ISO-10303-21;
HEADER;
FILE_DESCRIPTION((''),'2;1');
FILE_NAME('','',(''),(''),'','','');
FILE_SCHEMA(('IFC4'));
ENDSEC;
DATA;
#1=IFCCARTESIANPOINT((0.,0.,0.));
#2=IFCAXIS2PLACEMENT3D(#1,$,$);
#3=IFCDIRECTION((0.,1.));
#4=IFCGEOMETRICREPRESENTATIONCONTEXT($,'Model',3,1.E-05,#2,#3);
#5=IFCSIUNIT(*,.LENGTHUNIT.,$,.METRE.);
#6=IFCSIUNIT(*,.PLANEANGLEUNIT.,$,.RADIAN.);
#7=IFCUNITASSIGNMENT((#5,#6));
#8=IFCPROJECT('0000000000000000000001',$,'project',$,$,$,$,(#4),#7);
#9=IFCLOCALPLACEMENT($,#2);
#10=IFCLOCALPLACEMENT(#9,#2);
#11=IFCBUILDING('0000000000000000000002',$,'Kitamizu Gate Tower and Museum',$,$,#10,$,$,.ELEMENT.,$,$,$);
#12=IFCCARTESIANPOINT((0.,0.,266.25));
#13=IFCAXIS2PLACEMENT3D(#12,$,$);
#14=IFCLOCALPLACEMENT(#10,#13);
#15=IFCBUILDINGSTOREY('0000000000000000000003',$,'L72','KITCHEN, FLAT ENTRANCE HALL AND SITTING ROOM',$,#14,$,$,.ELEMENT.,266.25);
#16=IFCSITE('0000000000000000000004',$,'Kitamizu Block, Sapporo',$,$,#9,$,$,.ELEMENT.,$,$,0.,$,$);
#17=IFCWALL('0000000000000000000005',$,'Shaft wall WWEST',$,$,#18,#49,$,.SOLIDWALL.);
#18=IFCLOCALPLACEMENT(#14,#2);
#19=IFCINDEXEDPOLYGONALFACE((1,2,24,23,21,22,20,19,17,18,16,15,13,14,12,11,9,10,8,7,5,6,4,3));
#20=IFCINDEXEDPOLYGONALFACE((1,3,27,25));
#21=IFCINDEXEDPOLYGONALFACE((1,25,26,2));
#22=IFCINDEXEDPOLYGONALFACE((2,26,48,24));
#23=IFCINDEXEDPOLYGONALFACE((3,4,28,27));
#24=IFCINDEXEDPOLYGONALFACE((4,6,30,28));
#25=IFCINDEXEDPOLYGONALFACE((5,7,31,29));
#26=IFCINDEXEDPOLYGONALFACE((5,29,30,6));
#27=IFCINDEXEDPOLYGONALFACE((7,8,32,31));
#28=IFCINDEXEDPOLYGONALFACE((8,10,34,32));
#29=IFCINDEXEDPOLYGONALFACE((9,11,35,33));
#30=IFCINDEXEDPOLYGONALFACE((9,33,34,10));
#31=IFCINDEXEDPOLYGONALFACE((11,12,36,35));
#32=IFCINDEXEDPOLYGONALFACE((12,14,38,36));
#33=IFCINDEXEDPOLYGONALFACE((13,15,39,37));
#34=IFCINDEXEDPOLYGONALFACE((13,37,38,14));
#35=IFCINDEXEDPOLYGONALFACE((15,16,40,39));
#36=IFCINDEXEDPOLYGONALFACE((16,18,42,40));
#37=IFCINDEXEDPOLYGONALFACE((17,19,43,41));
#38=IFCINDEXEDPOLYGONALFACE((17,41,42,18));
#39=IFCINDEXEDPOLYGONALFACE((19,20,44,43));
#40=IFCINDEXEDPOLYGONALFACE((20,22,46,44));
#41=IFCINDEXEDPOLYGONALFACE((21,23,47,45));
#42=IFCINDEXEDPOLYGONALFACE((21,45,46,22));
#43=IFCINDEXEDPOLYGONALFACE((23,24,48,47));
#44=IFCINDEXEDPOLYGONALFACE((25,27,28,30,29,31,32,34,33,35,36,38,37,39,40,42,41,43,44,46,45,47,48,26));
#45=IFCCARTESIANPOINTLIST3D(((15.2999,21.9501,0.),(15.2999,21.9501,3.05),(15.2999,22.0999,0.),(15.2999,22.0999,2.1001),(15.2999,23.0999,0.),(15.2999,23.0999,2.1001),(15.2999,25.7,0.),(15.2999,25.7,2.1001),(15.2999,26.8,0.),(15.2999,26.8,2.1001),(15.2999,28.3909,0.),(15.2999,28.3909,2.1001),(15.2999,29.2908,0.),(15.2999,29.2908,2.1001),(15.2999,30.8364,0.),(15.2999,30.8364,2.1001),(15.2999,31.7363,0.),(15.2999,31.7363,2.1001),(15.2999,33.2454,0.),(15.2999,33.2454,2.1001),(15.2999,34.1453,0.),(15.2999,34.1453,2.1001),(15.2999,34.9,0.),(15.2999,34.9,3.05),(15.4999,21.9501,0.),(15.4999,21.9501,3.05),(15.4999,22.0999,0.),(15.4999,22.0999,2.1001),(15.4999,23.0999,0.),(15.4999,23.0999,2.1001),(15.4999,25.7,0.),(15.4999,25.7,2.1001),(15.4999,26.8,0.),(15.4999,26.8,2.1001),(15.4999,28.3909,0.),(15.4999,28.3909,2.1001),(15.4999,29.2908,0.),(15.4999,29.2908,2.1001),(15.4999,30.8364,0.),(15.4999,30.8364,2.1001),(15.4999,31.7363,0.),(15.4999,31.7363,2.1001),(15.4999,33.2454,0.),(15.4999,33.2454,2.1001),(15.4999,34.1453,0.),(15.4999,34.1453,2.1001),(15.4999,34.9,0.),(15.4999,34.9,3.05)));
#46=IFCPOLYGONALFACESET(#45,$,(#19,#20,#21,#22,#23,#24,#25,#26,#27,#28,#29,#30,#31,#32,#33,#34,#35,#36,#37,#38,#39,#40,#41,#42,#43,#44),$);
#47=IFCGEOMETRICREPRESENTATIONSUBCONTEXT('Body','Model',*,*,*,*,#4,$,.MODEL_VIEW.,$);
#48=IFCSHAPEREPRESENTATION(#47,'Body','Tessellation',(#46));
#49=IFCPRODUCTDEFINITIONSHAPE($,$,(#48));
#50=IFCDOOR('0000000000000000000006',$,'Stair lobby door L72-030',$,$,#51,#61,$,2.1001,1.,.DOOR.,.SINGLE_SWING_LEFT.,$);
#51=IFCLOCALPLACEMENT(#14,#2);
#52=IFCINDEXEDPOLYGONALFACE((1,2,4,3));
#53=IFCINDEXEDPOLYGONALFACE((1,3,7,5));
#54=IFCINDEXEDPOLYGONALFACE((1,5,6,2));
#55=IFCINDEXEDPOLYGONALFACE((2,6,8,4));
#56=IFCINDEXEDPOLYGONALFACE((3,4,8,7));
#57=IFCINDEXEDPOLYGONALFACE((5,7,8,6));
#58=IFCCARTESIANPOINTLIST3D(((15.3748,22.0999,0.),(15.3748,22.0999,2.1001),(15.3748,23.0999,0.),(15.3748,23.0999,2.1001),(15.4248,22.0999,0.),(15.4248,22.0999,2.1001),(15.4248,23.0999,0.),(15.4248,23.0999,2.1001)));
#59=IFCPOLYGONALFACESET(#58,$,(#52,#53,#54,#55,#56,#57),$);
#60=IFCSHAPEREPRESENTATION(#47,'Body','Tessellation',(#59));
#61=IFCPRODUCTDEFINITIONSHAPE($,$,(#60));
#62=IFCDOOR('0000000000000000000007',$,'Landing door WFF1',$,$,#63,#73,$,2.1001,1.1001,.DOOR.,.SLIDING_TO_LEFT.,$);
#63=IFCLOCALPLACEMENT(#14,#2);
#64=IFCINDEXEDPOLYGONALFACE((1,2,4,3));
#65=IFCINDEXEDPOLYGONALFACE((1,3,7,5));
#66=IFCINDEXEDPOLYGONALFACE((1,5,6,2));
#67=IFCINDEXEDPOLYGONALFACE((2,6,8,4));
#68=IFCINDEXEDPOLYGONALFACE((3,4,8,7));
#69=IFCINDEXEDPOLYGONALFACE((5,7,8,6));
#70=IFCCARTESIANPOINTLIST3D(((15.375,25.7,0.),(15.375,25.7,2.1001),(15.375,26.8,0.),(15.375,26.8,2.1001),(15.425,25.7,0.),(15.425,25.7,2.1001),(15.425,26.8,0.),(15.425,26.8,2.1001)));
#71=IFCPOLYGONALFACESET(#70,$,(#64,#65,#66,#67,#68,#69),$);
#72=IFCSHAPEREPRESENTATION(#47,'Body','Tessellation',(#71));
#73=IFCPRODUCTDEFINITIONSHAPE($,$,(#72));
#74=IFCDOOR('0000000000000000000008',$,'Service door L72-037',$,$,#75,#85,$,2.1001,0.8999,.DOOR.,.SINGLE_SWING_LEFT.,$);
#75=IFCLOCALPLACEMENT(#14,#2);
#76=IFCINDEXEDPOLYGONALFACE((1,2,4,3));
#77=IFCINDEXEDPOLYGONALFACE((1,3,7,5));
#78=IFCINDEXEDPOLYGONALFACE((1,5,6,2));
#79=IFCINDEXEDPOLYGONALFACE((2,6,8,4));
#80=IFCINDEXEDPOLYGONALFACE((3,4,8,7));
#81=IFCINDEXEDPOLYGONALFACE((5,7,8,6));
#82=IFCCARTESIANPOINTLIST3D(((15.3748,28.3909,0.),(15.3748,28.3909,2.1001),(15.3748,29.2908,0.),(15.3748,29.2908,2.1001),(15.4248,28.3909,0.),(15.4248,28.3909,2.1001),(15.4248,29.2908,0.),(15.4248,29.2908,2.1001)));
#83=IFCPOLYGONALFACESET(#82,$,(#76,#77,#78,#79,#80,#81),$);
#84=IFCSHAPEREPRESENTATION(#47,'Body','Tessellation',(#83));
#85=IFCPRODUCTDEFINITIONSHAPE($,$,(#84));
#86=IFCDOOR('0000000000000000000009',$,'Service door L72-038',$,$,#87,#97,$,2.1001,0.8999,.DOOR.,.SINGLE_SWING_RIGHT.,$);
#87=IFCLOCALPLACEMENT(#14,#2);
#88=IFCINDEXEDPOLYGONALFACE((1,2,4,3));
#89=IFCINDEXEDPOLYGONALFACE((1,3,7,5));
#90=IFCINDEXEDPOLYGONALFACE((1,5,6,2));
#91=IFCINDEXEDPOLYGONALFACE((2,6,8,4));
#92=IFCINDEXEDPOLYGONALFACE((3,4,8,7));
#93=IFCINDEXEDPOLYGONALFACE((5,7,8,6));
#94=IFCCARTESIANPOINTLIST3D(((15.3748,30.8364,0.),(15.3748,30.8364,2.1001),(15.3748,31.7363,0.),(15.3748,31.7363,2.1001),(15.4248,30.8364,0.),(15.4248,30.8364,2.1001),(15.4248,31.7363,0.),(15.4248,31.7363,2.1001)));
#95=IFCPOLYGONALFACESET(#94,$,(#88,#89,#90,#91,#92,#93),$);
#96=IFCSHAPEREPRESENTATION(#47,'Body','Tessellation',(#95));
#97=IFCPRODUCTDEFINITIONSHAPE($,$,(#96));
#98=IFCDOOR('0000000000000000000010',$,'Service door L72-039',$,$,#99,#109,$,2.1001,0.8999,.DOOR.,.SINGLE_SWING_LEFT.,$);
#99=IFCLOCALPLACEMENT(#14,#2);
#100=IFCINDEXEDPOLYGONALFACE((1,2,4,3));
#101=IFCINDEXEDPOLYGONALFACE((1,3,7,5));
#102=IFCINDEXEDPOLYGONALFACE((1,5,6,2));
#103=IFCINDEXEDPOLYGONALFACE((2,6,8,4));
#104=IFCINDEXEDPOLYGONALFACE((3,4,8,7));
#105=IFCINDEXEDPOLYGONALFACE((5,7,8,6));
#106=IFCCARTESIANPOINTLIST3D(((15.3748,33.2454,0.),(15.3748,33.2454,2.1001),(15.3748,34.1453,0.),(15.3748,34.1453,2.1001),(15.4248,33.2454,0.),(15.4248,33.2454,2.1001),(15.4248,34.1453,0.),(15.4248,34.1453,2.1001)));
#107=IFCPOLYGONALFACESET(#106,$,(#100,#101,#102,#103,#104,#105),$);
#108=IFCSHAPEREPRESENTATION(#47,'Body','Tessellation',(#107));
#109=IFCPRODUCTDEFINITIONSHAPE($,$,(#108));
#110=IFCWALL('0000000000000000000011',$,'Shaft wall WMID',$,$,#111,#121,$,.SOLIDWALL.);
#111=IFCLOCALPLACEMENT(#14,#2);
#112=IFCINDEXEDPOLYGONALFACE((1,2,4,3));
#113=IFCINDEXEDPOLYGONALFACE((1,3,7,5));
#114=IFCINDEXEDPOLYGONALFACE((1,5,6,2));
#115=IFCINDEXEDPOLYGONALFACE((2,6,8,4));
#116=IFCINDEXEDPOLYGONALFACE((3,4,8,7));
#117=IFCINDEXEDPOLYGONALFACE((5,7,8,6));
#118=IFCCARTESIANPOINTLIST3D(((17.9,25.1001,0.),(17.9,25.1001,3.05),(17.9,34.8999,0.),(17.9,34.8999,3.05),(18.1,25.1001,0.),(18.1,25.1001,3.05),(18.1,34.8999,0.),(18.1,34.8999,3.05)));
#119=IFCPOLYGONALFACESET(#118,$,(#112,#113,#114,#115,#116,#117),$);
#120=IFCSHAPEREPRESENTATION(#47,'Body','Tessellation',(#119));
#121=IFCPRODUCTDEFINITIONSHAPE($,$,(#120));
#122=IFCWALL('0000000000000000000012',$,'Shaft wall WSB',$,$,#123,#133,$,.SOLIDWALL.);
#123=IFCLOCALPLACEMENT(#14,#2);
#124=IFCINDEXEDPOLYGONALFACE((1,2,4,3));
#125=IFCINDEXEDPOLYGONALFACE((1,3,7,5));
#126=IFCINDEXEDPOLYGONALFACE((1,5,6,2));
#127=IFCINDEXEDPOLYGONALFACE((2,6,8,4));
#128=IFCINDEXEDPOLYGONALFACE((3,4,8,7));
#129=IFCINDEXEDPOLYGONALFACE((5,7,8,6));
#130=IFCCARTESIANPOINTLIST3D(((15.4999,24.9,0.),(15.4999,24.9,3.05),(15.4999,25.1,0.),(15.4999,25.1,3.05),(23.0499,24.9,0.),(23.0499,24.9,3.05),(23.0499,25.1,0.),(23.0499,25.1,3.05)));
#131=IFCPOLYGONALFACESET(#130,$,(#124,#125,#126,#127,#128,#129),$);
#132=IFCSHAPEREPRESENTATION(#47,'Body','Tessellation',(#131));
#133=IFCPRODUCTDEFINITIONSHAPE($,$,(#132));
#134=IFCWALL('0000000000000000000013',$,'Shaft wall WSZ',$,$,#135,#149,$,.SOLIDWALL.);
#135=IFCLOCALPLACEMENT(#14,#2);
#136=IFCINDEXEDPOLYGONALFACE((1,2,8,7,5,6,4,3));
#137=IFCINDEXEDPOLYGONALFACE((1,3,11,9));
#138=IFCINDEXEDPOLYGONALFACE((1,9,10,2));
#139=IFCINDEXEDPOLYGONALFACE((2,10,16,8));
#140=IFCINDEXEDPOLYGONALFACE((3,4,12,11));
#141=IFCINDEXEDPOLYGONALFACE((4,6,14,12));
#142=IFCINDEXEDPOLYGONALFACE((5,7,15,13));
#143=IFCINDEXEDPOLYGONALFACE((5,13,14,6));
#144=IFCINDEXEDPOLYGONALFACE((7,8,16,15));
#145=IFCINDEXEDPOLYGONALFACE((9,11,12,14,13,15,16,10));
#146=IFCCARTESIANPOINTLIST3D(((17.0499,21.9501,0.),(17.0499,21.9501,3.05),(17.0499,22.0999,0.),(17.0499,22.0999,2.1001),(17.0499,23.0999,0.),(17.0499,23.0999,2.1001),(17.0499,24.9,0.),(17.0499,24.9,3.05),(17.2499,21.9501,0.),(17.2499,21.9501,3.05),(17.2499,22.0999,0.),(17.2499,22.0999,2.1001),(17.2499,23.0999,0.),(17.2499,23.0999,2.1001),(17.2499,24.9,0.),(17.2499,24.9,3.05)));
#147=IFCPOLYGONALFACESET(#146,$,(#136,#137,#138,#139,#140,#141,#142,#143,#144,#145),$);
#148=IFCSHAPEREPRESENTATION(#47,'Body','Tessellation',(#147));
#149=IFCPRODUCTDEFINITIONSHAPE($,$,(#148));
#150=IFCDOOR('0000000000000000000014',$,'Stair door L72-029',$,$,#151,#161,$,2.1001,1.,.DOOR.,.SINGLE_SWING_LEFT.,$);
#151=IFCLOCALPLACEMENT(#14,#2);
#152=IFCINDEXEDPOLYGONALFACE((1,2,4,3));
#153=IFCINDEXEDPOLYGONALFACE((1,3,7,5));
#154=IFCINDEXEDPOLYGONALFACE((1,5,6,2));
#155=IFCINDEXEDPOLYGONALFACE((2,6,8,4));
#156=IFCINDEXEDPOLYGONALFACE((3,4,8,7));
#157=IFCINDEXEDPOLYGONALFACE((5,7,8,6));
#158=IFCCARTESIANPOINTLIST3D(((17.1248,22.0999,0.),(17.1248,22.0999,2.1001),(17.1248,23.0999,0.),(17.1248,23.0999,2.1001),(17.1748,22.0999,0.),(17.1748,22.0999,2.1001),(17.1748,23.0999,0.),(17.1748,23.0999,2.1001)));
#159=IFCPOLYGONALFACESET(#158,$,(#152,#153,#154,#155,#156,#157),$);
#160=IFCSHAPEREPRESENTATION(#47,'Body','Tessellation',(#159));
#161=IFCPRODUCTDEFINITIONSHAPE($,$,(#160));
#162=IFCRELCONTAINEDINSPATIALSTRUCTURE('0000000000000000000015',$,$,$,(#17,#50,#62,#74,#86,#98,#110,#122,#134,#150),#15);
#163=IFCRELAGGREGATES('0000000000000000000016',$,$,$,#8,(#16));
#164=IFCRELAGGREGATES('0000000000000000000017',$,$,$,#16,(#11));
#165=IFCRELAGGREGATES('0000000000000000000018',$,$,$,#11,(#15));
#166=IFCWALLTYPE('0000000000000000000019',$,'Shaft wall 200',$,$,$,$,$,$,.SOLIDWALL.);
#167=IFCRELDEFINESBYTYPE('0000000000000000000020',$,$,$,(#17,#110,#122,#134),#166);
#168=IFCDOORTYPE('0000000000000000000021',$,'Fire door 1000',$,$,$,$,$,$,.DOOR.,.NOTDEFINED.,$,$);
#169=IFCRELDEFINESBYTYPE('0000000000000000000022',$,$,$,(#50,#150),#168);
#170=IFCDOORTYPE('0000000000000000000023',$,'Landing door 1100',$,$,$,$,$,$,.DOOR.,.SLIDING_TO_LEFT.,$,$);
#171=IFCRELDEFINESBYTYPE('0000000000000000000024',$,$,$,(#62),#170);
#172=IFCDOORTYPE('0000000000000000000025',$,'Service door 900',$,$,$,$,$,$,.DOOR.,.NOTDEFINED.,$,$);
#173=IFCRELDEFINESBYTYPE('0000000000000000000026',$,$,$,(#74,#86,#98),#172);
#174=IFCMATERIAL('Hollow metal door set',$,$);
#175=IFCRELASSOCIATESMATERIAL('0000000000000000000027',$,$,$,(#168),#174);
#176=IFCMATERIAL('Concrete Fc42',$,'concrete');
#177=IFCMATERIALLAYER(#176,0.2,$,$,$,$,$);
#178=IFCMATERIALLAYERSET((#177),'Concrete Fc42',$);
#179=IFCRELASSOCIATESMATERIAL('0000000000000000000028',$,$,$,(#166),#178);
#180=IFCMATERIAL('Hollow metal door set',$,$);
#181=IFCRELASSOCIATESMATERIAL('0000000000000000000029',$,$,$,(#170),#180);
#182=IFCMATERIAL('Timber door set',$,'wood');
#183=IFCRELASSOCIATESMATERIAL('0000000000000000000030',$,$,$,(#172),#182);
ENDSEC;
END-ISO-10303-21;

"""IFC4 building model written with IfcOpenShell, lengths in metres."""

from ifc_helpers import new_model, si_unit, direction, frame, frame_2d, origin, place, context, subcontext, project, spatial, rectangle, extrude, material, layer, layer_set, type_object, element, fill, save


model = new_model("IFC4")

# Units and contexts
model_context = context("Model", 3, precision=1e-05, world=origin(), true_north=direction((0.0, 1.0)))
body_context = subcontext(model_context, "Body", "Model", "MODEL_VIEW")
ifc_project = project(units=[si_unit("LENGTHUNIT", "METRE"), si_unit("PLANEANGLEUNIT", "RADIAN")], contexts=[model_context])

# Site, building, storey
site_placement = place(None, origin())
site = spatial("IfcSite", under=ifc_project, at=site_placement, Name="Kitamizu Block, Sapporo", CompositionType="ELEMENT", RefElevation=0.0)
building_placement = place(site_placement, origin())
building = spatial("IfcBuilding", under=site, at=building_placement, Name="Kitamizu Gate Tower and Museum", CompositionType="ELEMENT")
storey_placement = place(building_placement, frame((0.0, 0.0, 266.25)))
storey = spatial("IfcBuildingStorey", under=building, at=storey_placement, Name="L72", Description="KITCHEN, FLAT ENTRANCE HALL AND SITTING ROOM", CompositionType="ELEMENT", Elevation=266.25)

# Shared definitions
ifc_material_1 = material(Name="Hollow metal door set")
door_type_1 = type_object("IfcDoorType", Name="Fire door 1000", OperationType="NOTDEFINED", PredefinedType="DOOR", material=ifc_material_1)

# Wall, openings, doors
ifc_material_2 = material(Name="Concrete Fc42", Category="concrete")
ifc_layer_1 = layer(ifc_material_2, 0.2)
ifc_layer_set_1 = layer_set([ifc_layer_1], Name="Concrete Fc42")
wall_type_1 = type_object("IfcWallType", Name="Shaft wall 200", PredefinedType="SOLIDWALL", material=ifc_layer_set_1)
wall_1_placement = place(storey_placement, frame((15.3999, 21.95, 0.0), z_axis=(0.0, 0.0, 1.0), x_axis=(0.0, 1.0, 0.0)))
wall_1 = element("IfcWall", 1, at=wall_1_placement, inside=storey, type_object=wall_type_1, Name="Shaft wall WWEST", PredefinedType="SOLIDWALL", context=body_context, shape_type="SweptSolid", body=[
    extrude(rectangle(XDim=12.95, YDim=0.2, at=frame_2d((6.4751, 0.0))), origin(), (0.0, 0.0, 1.0), 3.05),
])
opening_1_placement = place(wall_1_placement, frame((3.75, 0.0, 0.0)))
opening_1 = element("IfcOpeningElement", 2, at=opening_1_placement, cuts=wall_1, PredefinedType="OPENING", context=body_context, shape_type="SweptSolid", body=[
    extrude(rectangle(XDim=1.1001, YDim=2.1001, at=frame_2d((0.55, 1.05))), frame((0.0, 0.1099, 0.0), z_axis=(0.0, -1.0, 0.0), x_axis=(1.0, 0.0, 0.0)), (0.0, 0.0, 1.0), 0.22),
])
opening_2_placement = place(wall_1_placement, frame((0.1499, 0.0, 0.0)))
opening_2 = element("IfcOpeningElement", 3, at=opening_2_placement, cuts=wall_1, PredefinedType="OPENING", context=body_context, shape_type="SweptSolid", body=[
    extrude(rectangle(XDim=1.0, YDim=2.1001, at=frame_2d((0.5, 1.05))), frame((0.0, 0.1099, 0.0), z_axis=(0.0, -1.0, 0.0), x_axis=(1.0, 0.0, 0.0)), (0.0, 0.0, 1.0), 0.22),
])
opening_3_placement = place(wall_1_placement, frame((6.4409, 0.0, 0.0)))
opening_3 = element("IfcOpeningElement", 4, at=opening_3_placement, cuts=wall_1, PredefinedType="OPENING", context=body_context, shape_type="SweptSolid", body=[
    extrude(rectangle(XDim=0.8999, YDim=2.1001, at=frame_2d((0.45, 1.05))), frame((0.0, 0.1099, 0.0), z_axis=(0.0, -1.0, 0.0), x_axis=(1.0, 0.0, 0.0)), (0.0, 0.0, 1.0), 0.22),
])
opening_4_placement = place(wall_1_placement, frame((8.8865, 0.0, 0.0)))
opening_4 = element("IfcOpeningElement", 5, at=opening_4_placement, cuts=wall_1, PredefinedType="OPENING", context=body_context, shape_type="SweptSolid", body=[
    extrude(rectangle(XDim=0.8999, YDim=2.1001, at=frame_2d((0.45, 1.05))), frame((0.0, 0.1099, 0.0), z_axis=(0.0, -1.0, 0.0), x_axis=(1.0, 0.0, 0.0)), (0.0, 0.0, 1.0), 0.22),
])
opening_5_placement = place(wall_1_placement, frame((11.2954, 0.0, 0.0)))
opening_5 = element("IfcOpeningElement", 6, at=opening_5_placement, cuts=wall_1, PredefinedType="OPENING", context=body_context, shape_type="SweptSolid", body=[
    extrude(rectangle(XDim=0.8999, YDim=2.1001, at=frame_2d((0.45, 1.05))), frame((0.0, 0.1099, 0.0), z_axis=(0.0, -1.0, 0.0), x_axis=(1.0, 0.0, 0.0)), (0.0, 0.0, 1.0), 0.22),
])
door_1_placement = place(opening_2_placement, frame((1.0, 0.0, 0.0), x_axis=(-1.0, 0.0, 0.0)))
door_1 = element("IfcDoor", 7, at=door_1_placement, inside=storey, type_object=door_type_1, Name="Stair lobby door L72-030", OperationType="SINGLE_SWING_LEFT", OverallHeight=2.1001, OverallWidth=1.0, PredefinedType="DOOR", context=body_context, shape_type="SweptSolid", body=[
    extrude(rectangle(XDim=1.0, YDim=2.1001, at=frame_2d((0.5, 1.05))), frame((0.0, 0.0249, 0.0), z_axis=(0.0, -1.0, 0.0), x_axis=(1.0, 0.0, 0.0)), (0.0, 0.0, 1.0), 0.05),
])
fill(opening_2, door_1)
ifc_material_3 = material(Name="Hollow metal door set")
door_type_2 = type_object("IfcDoorType", Name="Landing door 1100", OperationType="SLIDING_TO_LEFT", PredefinedType="DOOR", material=ifc_material_3)
door_2_placement = place(opening_1_placement, origin())
door_2 = element("IfcDoor", 8, at=door_2_placement, inside=storey, type_object=door_type_2, Name="Landing door WFF1", OperationType="SLIDING_TO_LEFT", OverallHeight=2.1001, OverallWidth=1.1001, PredefinedType="DOOR", context=body_context, shape_type="SweptSolid", body=[
    extrude(rectangle(XDim=1.1001, YDim=2.1001, at=frame_2d((0.55, 1.05))), frame((0.0, 0.0249, 0.0), z_axis=(0.0, -1.0, 0.0), x_axis=(1.0, 0.0, 0.0)), (0.0, 0.0, 1.0), 0.05),
])
fill(opening_1, door_2)
ifc_material_4 = material(Name="Timber door set", Category="wood")
door_type_3 = type_object("IfcDoorType", Name="Service door 900", OperationType="NOTDEFINED", PredefinedType="DOOR", material=ifc_material_4)
door_3_placement = place(opening_3_placement, frame((0.8999, 0.0, 0.0), x_axis=(-1.0, 0.0, 0.0)))
door_3 = element("IfcDoor", 9, at=door_3_placement, inside=storey, type_object=door_type_3, Name="Service door L72-037", OperationType="SINGLE_SWING_LEFT", OverallHeight=2.1001, OverallWidth=0.8999, PredefinedType="DOOR", context=body_context, shape_type="SweptSolid", body=[
    extrude(rectangle(XDim=0.8999, YDim=2.1001, at=frame_2d((0.45, 1.05))), frame((0.0, 0.0249, 0.0), z_axis=(0.0, -1.0, 0.0), x_axis=(1.0, 0.0, 0.0)), (0.0, 0.0, 1.0), 0.05),
])
fill(opening_3, door_3)
door_4_placement = place(opening_4_placement, frame((0.8999, 0.0, 0.0), x_axis=(-1.0, 0.0, 0.0)))
door_4 = element("IfcDoor", 10, at=door_4_placement, inside=storey, type_object=door_type_3, Name="Service door L72-038", OperationType="SINGLE_SWING_RIGHT", OverallHeight=2.1001, OverallWidth=0.8999, PredefinedType="DOOR", context=body_context, shape_type="SweptSolid", body=[
    extrude(rectangle(XDim=0.8999, YDim=2.1001, at=frame_2d((0.45, 1.05))), frame((0.0, 0.0249, 0.0), z_axis=(0.0, -1.0, 0.0), x_axis=(1.0, 0.0, 0.0)), (0.0, 0.0, 1.0), 0.05),
])
fill(opening_4, door_4)
door_5_placement = place(opening_5_placement, frame((0.8999, 0.0, 0.0), x_axis=(-1.0, 0.0, 0.0)))
door_5 = element("IfcDoor", 11, at=door_5_placement, inside=storey, type_object=door_type_3, Name="Service door L72-039", OperationType="SINGLE_SWING_LEFT", OverallHeight=2.1001, OverallWidth=0.8999, PredefinedType="DOOR", context=body_context, shape_type="SweptSolid", body=[
    extrude(rectangle(XDim=0.8999, YDim=2.1001, at=frame_2d((0.45, 1.05))), frame((0.0, 0.0249, 0.0), z_axis=(0.0, -1.0, 0.0), x_axis=(1.0, 0.0, 0.0)), (0.0, 0.0, 1.0), 0.05),
])
fill(opening_5, door_5)

# Walls
wall_2_placement = place(storey_placement, frame((18.0, 25.1001, 0.0), z_axis=(0.0, 0.0, 1.0), x_axis=(0.0, 1.0, 0.0)))
element("IfcWall", 12, at=wall_2_placement, inside=storey, type_object=wall_type_1, Name="Shaft wall WMID", PredefinedType="SOLIDWALL", context=body_context, shape_type="SweptSolid", body=[
    extrude(rectangle(XDim=9.7998, YDim=0.2, at=frame_2d((4.8999, 0.0))), origin(), (0.0, 0.0, 1.0), 3.05),
])
wall_3_placement = place(storey_placement, frame((15.5, 25.0, 0.0), z_axis=(0.0, 0.0, 1.0), x_axis=(1.0, 0.0, 0.0)))
element("IfcWall", 13, at=wall_3_placement, inside=storey, type_object=wall_type_1, Name="Shaft wall WSB", PredefinedType="SOLIDWALL", context=body_context, shape_type="SweptSolid", body=[
    extrude(rectangle(XDim=7.55, YDim=0.2, at=frame_2d((3.7749, 0.0))), origin(), (0.0, 0.0, 1.0), 3.05),
])

# Wall, opening, door
wall_4_placement = place(storey_placement, frame((17.1499, 21.95, 0.0), z_axis=(0.0, 0.0, 1.0), x_axis=(0.0, 1.0, 0.0)))
wall_4 = element("IfcWall", 14, at=wall_4_placement, inside=storey, type_object=wall_type_1, Name="Shaft wall WSZ", PredefinedType="SOLIDWALL", context=body_context, shape_type="SweptSolid", body=[
    extrude(rectangle(XDim=2.95, YDim=0.2, at=frame_2d((1.4751, 0.0))), origin(), (0.0, 0.0, 1.0), 3.05),
])
opening_6_placement = place(wall_4_placement, frame((0.1499, 0.0, 0.0)))
opening_6 = element("IfcOpeningElement", 15, at=opening_6_placement, cuts=wall_4, PredefinedType="OPENING", context=body_context, shape_type="SweptSolid", body=[
    extrude(rectangle(XDim=1.0, YDim=2.1001, at=frame_2d((0.5, 1.05))), frame((0.0, 0.1099, 0.0), z_axis=(0.0, -1.0, 0.0), x_axis=(1.0, 0.0, 0.0)), (0.0, 0.0, 1.0), 0.22),
])
door_6_placement = place(opening_6_placement, frame((1.0, 0.0, 0.0), x_axis=(-1.0, 0.0, 0.0)))
door_6 = element("IfcDoor", 16, at=door_6_placement, inside=storey, type_object=door_type_1, Name="Stair door L72-029", OperationType="SINGLE_SWING_LEFT", OverallHeight=2.1001, OverallWidth=1.0, PredefinedType="DOOR", context=body_context, shape_type="SweptSolid", body=[
    extrude(rectangle(XDim=1.0, YDim=2.1001, at=frame_2d((0.5, 1.05))), frame((0.0, 0.0249, 0.0), z_axis=(0.0, -1.0, 0.0), x_axis=(1.0, 0.0, 0.0)), (0.0, 0.0, 1.0), 0.05),
])
fill(opening_6, door_6)

save(model, "model.ifc")
